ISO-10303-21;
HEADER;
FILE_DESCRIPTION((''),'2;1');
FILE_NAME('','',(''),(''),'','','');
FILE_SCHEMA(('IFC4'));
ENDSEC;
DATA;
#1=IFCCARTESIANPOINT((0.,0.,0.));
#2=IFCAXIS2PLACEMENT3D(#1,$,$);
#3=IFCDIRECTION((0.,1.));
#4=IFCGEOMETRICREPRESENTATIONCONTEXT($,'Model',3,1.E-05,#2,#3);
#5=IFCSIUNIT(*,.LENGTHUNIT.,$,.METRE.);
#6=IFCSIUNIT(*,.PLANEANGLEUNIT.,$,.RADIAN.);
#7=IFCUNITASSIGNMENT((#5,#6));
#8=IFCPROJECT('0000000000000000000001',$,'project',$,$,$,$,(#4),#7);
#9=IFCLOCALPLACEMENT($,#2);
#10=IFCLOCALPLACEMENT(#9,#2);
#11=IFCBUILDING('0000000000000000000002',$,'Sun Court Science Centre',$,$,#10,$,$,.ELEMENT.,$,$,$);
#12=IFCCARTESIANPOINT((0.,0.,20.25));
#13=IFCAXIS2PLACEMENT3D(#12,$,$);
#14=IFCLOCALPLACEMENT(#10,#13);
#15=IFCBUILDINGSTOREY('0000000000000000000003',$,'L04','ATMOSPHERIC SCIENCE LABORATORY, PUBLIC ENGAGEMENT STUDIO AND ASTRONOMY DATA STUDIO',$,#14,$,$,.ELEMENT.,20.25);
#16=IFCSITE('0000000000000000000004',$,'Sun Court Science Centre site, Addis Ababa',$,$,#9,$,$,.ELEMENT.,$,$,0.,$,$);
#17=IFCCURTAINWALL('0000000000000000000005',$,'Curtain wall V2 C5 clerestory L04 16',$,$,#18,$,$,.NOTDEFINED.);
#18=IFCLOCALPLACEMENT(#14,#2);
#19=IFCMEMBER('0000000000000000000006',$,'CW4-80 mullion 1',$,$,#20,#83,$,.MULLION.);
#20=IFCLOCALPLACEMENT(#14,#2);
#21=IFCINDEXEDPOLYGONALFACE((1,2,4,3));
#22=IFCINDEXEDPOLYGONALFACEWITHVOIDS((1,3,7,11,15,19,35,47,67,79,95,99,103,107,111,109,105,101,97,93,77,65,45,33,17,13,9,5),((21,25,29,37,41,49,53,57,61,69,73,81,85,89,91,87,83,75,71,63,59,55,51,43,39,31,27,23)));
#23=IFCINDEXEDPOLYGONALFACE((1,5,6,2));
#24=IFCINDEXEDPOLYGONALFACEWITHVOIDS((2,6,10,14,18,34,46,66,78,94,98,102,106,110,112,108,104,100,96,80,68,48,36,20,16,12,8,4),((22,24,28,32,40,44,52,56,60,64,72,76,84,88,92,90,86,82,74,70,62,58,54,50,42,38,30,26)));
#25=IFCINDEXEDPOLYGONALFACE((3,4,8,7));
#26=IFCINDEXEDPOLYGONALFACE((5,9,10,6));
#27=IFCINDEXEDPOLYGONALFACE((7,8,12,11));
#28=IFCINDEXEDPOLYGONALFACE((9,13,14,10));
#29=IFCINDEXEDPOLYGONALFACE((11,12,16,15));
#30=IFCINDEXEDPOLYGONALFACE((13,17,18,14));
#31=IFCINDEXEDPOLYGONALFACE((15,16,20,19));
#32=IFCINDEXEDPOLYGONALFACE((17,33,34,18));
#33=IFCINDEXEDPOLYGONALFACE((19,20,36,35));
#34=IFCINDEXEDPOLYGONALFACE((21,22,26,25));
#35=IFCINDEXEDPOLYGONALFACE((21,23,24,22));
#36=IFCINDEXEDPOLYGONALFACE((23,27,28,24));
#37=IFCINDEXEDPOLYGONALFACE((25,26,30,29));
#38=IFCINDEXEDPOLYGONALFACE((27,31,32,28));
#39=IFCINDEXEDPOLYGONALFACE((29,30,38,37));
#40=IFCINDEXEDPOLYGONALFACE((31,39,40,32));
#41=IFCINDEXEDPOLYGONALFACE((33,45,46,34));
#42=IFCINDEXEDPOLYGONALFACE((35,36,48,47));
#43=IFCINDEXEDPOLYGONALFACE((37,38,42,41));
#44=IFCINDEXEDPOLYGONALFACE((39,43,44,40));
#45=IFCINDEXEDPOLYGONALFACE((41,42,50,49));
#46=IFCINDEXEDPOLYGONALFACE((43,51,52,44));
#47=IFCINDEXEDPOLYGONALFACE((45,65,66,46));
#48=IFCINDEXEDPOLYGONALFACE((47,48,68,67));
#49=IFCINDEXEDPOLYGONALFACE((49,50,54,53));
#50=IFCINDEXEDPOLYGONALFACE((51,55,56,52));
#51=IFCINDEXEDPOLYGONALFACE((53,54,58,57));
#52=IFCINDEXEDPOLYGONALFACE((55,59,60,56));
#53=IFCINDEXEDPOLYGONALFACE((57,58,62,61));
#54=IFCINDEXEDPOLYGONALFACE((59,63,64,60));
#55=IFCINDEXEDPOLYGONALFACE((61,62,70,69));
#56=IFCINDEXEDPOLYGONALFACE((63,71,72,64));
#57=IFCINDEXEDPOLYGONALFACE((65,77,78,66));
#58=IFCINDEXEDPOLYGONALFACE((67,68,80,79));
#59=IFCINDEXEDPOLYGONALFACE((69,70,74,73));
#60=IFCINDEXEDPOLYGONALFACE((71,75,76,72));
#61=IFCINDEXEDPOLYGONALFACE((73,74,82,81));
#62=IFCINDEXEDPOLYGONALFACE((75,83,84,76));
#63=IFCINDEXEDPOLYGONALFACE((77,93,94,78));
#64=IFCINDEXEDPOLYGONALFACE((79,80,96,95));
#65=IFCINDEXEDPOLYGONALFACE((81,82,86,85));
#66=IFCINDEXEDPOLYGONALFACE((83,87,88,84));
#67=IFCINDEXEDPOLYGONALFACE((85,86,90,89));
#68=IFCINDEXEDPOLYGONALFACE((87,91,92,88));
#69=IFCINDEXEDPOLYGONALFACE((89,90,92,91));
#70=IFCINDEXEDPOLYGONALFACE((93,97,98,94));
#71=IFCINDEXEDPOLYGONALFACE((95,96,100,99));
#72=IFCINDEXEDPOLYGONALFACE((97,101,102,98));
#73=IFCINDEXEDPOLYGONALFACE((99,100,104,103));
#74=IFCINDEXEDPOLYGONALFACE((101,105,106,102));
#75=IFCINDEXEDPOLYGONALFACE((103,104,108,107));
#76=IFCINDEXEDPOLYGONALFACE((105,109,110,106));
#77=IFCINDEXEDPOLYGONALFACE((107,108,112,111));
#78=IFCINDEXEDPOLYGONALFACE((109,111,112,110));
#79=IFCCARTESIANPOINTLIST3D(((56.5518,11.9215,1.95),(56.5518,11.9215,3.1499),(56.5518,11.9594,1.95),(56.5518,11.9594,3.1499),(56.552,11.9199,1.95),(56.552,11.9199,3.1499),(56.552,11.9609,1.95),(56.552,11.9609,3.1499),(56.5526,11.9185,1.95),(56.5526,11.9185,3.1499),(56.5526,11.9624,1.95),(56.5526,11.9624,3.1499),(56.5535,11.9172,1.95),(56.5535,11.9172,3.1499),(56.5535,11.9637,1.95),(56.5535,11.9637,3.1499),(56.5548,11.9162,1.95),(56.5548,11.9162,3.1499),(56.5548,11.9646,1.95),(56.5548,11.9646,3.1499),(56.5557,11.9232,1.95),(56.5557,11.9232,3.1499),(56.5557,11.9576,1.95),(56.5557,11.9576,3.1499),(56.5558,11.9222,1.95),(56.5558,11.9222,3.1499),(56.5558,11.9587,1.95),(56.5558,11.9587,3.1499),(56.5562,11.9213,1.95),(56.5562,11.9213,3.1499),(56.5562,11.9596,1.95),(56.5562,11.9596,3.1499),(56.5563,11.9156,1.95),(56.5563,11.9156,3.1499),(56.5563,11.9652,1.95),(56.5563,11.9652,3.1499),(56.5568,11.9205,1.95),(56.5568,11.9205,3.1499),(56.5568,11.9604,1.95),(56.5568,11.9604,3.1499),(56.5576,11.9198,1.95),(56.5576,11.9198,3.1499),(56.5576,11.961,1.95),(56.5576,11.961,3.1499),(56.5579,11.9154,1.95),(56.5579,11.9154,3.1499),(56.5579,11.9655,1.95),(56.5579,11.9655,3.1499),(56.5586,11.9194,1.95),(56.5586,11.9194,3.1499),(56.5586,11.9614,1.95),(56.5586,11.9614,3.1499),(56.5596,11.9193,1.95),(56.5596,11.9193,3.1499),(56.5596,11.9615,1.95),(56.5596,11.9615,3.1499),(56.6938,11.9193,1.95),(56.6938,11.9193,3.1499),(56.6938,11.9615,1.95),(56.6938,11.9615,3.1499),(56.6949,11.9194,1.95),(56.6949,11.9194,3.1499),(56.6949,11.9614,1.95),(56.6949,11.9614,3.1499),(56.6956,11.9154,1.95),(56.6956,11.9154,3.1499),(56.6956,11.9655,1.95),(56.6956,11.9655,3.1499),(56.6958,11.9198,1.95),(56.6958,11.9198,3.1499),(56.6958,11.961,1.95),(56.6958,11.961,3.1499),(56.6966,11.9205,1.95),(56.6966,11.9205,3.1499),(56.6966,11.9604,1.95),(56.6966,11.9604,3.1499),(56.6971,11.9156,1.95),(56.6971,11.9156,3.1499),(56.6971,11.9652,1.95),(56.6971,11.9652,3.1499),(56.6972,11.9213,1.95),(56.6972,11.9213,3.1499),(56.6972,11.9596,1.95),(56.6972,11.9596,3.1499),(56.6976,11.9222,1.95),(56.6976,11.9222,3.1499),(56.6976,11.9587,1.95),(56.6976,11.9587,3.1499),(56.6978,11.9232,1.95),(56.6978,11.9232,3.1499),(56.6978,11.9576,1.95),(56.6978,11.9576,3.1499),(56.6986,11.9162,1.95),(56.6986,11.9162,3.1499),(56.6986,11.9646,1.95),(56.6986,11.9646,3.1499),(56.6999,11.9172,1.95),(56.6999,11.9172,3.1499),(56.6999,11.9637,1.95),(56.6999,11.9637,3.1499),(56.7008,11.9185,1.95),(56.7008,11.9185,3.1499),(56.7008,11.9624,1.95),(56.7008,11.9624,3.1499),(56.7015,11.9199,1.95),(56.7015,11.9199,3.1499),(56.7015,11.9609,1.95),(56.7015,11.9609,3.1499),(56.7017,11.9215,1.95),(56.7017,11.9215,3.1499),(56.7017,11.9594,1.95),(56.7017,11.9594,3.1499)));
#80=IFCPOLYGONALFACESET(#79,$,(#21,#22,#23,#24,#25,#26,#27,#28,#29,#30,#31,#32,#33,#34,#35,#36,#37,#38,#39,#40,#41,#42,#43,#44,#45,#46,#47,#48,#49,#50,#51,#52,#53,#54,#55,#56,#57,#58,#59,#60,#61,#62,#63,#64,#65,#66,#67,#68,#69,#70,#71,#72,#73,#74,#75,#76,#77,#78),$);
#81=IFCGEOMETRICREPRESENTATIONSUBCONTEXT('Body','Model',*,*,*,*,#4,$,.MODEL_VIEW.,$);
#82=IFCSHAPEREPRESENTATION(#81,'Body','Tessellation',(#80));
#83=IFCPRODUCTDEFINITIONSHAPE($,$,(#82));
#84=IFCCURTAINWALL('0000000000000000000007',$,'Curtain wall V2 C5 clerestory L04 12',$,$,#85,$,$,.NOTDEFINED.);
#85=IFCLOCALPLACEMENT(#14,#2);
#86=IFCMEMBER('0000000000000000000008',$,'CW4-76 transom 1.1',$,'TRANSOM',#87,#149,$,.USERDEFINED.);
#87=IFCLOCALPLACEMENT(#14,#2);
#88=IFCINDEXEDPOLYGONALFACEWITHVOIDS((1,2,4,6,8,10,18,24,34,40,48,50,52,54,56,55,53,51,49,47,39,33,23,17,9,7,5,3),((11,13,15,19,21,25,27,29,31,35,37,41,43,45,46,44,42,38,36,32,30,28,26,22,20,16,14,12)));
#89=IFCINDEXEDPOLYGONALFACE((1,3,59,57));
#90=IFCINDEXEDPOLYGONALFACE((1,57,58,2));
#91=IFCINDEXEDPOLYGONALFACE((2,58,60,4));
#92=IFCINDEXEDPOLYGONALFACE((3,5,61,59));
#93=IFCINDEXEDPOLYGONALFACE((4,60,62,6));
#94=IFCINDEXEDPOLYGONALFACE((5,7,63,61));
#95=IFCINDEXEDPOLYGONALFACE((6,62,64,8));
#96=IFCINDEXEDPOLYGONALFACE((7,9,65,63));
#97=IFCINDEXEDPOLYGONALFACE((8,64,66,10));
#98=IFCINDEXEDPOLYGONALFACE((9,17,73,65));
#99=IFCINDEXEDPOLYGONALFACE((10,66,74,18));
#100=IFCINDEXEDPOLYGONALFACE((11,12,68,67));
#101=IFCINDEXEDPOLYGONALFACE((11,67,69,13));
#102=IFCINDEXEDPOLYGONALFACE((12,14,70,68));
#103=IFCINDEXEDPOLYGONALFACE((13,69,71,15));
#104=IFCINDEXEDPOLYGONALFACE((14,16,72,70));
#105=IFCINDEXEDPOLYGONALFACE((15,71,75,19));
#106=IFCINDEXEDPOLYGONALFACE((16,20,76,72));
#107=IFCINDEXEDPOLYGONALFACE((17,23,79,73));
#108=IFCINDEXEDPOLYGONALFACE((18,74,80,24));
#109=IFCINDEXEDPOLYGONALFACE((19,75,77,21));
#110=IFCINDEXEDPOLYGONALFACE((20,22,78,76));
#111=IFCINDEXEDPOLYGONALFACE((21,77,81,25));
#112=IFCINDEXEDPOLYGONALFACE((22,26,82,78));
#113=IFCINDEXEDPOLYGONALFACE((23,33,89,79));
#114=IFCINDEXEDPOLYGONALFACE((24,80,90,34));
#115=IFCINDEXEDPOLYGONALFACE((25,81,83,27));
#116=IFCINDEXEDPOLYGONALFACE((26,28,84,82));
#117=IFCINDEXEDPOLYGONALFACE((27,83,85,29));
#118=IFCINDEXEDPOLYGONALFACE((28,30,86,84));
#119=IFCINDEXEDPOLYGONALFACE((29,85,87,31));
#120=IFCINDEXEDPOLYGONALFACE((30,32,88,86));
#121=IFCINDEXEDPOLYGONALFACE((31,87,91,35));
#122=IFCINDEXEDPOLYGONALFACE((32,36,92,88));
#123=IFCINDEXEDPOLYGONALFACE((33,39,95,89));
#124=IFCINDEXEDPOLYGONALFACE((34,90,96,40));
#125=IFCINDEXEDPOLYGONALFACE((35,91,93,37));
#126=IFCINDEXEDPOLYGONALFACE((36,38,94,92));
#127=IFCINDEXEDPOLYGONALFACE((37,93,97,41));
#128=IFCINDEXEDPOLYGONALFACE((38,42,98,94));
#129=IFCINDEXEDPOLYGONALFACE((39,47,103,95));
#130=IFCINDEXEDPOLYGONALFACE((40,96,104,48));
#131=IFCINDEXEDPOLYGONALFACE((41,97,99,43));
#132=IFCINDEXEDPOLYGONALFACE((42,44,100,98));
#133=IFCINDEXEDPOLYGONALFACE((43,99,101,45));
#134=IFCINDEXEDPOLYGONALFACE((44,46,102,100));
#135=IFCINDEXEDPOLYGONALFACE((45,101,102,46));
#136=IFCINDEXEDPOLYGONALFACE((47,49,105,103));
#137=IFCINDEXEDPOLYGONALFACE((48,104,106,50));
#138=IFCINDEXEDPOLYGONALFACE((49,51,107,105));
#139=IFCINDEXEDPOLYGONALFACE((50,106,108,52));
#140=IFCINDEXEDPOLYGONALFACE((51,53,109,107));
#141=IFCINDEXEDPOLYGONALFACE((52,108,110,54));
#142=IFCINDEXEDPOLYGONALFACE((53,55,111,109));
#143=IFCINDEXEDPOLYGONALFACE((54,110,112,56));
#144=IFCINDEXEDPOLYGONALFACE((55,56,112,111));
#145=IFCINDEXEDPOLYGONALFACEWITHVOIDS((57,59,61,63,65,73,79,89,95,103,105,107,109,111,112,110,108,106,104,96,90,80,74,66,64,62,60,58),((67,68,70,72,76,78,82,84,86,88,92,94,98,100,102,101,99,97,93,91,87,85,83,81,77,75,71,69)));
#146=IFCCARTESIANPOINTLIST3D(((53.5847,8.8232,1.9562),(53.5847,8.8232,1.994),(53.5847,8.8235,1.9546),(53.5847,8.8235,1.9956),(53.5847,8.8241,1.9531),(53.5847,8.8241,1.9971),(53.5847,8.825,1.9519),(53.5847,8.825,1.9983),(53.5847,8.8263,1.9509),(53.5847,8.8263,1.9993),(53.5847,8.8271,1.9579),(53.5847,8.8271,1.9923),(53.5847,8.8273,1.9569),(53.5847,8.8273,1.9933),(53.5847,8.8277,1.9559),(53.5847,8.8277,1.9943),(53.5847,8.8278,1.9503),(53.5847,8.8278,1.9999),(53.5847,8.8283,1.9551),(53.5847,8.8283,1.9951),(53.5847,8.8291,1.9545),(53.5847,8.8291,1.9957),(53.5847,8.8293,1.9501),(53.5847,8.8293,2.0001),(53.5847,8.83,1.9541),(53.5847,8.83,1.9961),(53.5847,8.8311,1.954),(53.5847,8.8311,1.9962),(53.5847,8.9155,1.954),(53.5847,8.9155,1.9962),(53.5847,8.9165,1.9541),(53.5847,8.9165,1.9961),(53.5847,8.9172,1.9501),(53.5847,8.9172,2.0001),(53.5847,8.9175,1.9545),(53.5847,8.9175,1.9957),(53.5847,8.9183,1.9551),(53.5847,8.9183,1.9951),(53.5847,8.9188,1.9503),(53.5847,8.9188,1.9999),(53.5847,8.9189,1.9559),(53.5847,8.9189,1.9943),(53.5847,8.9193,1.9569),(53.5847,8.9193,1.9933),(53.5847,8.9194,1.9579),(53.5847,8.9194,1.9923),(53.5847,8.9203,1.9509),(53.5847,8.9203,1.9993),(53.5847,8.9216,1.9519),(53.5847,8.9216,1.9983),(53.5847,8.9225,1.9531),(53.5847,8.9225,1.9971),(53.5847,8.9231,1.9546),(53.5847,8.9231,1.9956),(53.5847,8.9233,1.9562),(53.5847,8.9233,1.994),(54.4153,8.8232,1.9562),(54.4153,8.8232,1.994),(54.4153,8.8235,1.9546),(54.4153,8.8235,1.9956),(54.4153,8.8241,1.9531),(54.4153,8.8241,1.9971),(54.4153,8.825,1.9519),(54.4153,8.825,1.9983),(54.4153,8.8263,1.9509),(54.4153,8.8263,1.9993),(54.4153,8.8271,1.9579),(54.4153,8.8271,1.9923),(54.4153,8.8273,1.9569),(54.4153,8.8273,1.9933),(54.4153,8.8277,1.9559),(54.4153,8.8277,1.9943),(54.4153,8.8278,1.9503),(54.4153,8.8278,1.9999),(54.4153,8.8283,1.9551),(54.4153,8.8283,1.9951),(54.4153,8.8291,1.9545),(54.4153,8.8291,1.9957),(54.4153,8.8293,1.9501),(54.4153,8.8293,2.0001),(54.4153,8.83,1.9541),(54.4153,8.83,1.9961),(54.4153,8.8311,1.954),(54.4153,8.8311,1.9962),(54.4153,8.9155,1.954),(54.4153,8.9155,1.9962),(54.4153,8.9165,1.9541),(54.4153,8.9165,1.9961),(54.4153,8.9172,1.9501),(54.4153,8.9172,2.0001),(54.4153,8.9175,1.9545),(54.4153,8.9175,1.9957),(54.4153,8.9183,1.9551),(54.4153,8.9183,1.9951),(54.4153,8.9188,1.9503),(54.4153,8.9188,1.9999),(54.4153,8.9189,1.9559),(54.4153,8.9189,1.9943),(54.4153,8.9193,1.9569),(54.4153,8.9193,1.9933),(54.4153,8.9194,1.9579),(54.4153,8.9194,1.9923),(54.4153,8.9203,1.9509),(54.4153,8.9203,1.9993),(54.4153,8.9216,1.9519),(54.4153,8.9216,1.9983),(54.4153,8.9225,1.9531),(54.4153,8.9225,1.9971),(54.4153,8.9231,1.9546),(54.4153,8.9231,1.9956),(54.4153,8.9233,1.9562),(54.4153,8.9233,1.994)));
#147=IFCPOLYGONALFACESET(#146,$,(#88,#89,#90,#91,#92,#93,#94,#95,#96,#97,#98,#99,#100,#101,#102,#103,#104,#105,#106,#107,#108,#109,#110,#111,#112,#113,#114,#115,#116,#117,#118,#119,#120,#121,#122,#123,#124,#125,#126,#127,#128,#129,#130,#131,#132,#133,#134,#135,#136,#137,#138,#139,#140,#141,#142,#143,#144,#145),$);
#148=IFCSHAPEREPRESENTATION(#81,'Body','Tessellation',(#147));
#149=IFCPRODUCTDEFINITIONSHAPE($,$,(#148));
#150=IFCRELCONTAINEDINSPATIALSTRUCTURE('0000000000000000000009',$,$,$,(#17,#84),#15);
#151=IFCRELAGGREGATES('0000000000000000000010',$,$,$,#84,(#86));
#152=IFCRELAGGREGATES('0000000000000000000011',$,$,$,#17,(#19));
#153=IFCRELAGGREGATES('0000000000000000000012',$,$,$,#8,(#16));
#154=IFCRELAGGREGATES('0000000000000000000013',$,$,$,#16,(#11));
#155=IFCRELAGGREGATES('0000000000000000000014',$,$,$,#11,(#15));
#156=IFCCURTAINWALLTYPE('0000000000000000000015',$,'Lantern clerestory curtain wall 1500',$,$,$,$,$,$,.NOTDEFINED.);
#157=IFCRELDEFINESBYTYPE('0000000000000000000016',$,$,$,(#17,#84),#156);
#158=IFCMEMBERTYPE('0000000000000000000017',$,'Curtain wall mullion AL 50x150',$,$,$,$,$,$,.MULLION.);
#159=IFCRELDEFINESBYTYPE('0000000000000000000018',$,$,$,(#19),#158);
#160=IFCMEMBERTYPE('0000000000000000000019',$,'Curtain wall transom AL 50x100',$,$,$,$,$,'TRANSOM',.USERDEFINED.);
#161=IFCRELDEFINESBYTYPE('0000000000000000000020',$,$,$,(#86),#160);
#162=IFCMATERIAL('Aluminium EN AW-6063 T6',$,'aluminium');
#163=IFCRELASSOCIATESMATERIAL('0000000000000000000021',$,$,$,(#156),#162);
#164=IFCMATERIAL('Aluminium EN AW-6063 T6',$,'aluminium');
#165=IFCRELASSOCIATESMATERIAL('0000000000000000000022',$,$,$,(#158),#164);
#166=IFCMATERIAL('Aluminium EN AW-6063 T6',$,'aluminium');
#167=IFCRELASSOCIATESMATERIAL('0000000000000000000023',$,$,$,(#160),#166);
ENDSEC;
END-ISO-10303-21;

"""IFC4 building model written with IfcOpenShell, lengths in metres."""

from ifc_helpers import new_model, si_unit, direction, frame, origin, origin_2d, place, context, subcontext, project, spatial, hollow_rectangle, extrude, material, material_profile, profile_set, type_object, element, aggregate, save


model = new_model("IFC4")

# Units and contexts
model_context = context("Model", 3, precision=1e-05, world=origin(), true_north=direction((0.0, 1.0)))
body_context = subcontext(model_context, "Body", "Model", "MODEL_VIEW")
ifc_project = project(units=[si_unit("LENGTHUNIT", "METRE"), si_unit("PLANEANGLEUNIT", "RADIAN")], contexts=[model_context])

# Site, building, storey
site_placement = place(None, origin())
site = spatial("IfcSite", under=ifc_project, at=site_placement, Name="Sun Court Science Centre site, Addis Ababa", CompositionType="ELEMENT", RefElevation=0.0)
building_placement = place(site_placement, origin())
building = spatial("IfcBuilding", under=site, at=building_placement, Name="Sun Court Science Centre", CompositionType="ELEMENT")
storey_placement = place(building_placement, frame((0.0, 0.0, 20.25)))
storey = spatial("IfcBuildingStorey", under=building, at=storey_placement, Name="L04", Description="ATMOSPHERIC SCIENCE LABORATORY, PUBLIC ENGAGEMENT STUDIO AND ASTRONOMY DATA STUDIO", CompositionType="ELEMENT", Elevation=20.25)

# Shared definitions
ifc_material_1 = material(Name="Aluminium EN AW-6063 T6", Category="aluminium")
curtain_wall_type = type_object("IfcCurtainWallType", Name="Lantern clerestory curtain wall 1500", PredefinedType="NOTDEFINED", material=ifc_material_1)
ifc_material_2 = material(Name="Aluminium EN AW-6063 T6", Category="aluminium")
ifc_material_profile_1 = material_profile(ifc_material_2, hollow_rectangle(XDim=0.05, YDim=0.1499, WallThickness=0.0039, InnerFilletRadius=0.0039, OuterFilletRadius=0.0061, at=origin_2d()), Name="AL 50x150x4")
ifc_profile_set_1 = profile_set([ifc_material_profile_1], Name="Aluminium EN AW-6063 T6")
member_type_1 = type_object("IfcMemberType", Name="Curtain wall mullion AL 50x150", PredefinedType="MULLION", material=ifc_profile_set_1)

# Curtain walls, members
curtain_wall_1_placement = place(storey_placement, origin())
curtain_wall_1 = element("IfcCurtainWall", 1, at=curtain_wall_1_placement, inside=storey, type_object=curtain_wall_type, Name="Curtain wall V2 C5 clerestory L04 16", PredefinedType="NOTDEFINED")
member_1_placement = place(storey_placement, frame((56.6267, 11.9404, 1.95), z_axis=(0.0, 0.0, 1.0), x_axis=(0.0, -1.0, 0.0)))
member_1 = element("IfcMember", 2, at=member_1_placement, type_object=member_type_1, Name="CW4-80 mullion 1", PredefinedType="MULLION", context=body_context, shape_type="SweptSolid", body=[
    extrude(hollow_rectangle(XDim=0.05, YDim=0.1499, WallThickness=0.0039, InnerFilletRadius=0.0039, OuterFilletRadius=0.0061, at=origin_2d()), origin(), (0.0, 0.0, 1.0), 1.2),
])
curtain_wall_2_placement = place(storey_placement, origin())
curtain_wall_2 = element("IfcCurtainWall", 3, at=curtain_wall_2_placement, inside=storey, type_object=curtain_wall_type, Name="Curtain wall V2 C5 clerestory L04 12", PredefinedType="NOTDEFINED")
ifc_material_3 = material(Name="Aluminium EN AW-6063 T6", Category="aluminium")
ifc_material_profile_2 = material_profile(ifc_material_3, hollow_rectangle(XDim=0.05, YDim=0.1001, WallThickness=0.0039, InnerFilletRadius=0.0039, OuterFilletRadius=0.0061, at=origin_2d()), Name="AL 50x100x4")
ifc_profile_set_2 = profile_set([ifc_material_profile_2], Name="Aluminium EN AW-6063 T6")
member_type_2 = type_object("IfcMemberType", Name="Curtain wall transom AL 50x100", ElementType="TRANSOM", PredefinedType="USERDEFINED", material=ifc_profile_set_2)
member_2_placement = place(storey_placement, frame((54.4153, 8.8733, 1.9751), z_axis=(-1.0, 0.0, 0.0), x_axis=(0.0, 0.0, 1.0)))
member_2 = element("IfcMember", 4, at=member_2_placement, type_object=member_type_2, Name="CW4-76 transom 1.1", ObjectType="TRANSOM", PredefinedType="USERDEFINED", context=body_context, shape_type="SweptSolid", body=[
    extrude(hollow_rectangle(XDim=0.05, YDim=0.1001, WallThickness=0.0039, InnerFilletRadius=0.0039, OuterFilletRadius=0.0061, at=origin_2d()), origin(), (0.0, 0.0, 1.0), 0.8306),
])

aggregate(curtain_wall_2, [member_2])
aggregate(curtain_wall_1, [member_1])

save(model, "model.ifc")
